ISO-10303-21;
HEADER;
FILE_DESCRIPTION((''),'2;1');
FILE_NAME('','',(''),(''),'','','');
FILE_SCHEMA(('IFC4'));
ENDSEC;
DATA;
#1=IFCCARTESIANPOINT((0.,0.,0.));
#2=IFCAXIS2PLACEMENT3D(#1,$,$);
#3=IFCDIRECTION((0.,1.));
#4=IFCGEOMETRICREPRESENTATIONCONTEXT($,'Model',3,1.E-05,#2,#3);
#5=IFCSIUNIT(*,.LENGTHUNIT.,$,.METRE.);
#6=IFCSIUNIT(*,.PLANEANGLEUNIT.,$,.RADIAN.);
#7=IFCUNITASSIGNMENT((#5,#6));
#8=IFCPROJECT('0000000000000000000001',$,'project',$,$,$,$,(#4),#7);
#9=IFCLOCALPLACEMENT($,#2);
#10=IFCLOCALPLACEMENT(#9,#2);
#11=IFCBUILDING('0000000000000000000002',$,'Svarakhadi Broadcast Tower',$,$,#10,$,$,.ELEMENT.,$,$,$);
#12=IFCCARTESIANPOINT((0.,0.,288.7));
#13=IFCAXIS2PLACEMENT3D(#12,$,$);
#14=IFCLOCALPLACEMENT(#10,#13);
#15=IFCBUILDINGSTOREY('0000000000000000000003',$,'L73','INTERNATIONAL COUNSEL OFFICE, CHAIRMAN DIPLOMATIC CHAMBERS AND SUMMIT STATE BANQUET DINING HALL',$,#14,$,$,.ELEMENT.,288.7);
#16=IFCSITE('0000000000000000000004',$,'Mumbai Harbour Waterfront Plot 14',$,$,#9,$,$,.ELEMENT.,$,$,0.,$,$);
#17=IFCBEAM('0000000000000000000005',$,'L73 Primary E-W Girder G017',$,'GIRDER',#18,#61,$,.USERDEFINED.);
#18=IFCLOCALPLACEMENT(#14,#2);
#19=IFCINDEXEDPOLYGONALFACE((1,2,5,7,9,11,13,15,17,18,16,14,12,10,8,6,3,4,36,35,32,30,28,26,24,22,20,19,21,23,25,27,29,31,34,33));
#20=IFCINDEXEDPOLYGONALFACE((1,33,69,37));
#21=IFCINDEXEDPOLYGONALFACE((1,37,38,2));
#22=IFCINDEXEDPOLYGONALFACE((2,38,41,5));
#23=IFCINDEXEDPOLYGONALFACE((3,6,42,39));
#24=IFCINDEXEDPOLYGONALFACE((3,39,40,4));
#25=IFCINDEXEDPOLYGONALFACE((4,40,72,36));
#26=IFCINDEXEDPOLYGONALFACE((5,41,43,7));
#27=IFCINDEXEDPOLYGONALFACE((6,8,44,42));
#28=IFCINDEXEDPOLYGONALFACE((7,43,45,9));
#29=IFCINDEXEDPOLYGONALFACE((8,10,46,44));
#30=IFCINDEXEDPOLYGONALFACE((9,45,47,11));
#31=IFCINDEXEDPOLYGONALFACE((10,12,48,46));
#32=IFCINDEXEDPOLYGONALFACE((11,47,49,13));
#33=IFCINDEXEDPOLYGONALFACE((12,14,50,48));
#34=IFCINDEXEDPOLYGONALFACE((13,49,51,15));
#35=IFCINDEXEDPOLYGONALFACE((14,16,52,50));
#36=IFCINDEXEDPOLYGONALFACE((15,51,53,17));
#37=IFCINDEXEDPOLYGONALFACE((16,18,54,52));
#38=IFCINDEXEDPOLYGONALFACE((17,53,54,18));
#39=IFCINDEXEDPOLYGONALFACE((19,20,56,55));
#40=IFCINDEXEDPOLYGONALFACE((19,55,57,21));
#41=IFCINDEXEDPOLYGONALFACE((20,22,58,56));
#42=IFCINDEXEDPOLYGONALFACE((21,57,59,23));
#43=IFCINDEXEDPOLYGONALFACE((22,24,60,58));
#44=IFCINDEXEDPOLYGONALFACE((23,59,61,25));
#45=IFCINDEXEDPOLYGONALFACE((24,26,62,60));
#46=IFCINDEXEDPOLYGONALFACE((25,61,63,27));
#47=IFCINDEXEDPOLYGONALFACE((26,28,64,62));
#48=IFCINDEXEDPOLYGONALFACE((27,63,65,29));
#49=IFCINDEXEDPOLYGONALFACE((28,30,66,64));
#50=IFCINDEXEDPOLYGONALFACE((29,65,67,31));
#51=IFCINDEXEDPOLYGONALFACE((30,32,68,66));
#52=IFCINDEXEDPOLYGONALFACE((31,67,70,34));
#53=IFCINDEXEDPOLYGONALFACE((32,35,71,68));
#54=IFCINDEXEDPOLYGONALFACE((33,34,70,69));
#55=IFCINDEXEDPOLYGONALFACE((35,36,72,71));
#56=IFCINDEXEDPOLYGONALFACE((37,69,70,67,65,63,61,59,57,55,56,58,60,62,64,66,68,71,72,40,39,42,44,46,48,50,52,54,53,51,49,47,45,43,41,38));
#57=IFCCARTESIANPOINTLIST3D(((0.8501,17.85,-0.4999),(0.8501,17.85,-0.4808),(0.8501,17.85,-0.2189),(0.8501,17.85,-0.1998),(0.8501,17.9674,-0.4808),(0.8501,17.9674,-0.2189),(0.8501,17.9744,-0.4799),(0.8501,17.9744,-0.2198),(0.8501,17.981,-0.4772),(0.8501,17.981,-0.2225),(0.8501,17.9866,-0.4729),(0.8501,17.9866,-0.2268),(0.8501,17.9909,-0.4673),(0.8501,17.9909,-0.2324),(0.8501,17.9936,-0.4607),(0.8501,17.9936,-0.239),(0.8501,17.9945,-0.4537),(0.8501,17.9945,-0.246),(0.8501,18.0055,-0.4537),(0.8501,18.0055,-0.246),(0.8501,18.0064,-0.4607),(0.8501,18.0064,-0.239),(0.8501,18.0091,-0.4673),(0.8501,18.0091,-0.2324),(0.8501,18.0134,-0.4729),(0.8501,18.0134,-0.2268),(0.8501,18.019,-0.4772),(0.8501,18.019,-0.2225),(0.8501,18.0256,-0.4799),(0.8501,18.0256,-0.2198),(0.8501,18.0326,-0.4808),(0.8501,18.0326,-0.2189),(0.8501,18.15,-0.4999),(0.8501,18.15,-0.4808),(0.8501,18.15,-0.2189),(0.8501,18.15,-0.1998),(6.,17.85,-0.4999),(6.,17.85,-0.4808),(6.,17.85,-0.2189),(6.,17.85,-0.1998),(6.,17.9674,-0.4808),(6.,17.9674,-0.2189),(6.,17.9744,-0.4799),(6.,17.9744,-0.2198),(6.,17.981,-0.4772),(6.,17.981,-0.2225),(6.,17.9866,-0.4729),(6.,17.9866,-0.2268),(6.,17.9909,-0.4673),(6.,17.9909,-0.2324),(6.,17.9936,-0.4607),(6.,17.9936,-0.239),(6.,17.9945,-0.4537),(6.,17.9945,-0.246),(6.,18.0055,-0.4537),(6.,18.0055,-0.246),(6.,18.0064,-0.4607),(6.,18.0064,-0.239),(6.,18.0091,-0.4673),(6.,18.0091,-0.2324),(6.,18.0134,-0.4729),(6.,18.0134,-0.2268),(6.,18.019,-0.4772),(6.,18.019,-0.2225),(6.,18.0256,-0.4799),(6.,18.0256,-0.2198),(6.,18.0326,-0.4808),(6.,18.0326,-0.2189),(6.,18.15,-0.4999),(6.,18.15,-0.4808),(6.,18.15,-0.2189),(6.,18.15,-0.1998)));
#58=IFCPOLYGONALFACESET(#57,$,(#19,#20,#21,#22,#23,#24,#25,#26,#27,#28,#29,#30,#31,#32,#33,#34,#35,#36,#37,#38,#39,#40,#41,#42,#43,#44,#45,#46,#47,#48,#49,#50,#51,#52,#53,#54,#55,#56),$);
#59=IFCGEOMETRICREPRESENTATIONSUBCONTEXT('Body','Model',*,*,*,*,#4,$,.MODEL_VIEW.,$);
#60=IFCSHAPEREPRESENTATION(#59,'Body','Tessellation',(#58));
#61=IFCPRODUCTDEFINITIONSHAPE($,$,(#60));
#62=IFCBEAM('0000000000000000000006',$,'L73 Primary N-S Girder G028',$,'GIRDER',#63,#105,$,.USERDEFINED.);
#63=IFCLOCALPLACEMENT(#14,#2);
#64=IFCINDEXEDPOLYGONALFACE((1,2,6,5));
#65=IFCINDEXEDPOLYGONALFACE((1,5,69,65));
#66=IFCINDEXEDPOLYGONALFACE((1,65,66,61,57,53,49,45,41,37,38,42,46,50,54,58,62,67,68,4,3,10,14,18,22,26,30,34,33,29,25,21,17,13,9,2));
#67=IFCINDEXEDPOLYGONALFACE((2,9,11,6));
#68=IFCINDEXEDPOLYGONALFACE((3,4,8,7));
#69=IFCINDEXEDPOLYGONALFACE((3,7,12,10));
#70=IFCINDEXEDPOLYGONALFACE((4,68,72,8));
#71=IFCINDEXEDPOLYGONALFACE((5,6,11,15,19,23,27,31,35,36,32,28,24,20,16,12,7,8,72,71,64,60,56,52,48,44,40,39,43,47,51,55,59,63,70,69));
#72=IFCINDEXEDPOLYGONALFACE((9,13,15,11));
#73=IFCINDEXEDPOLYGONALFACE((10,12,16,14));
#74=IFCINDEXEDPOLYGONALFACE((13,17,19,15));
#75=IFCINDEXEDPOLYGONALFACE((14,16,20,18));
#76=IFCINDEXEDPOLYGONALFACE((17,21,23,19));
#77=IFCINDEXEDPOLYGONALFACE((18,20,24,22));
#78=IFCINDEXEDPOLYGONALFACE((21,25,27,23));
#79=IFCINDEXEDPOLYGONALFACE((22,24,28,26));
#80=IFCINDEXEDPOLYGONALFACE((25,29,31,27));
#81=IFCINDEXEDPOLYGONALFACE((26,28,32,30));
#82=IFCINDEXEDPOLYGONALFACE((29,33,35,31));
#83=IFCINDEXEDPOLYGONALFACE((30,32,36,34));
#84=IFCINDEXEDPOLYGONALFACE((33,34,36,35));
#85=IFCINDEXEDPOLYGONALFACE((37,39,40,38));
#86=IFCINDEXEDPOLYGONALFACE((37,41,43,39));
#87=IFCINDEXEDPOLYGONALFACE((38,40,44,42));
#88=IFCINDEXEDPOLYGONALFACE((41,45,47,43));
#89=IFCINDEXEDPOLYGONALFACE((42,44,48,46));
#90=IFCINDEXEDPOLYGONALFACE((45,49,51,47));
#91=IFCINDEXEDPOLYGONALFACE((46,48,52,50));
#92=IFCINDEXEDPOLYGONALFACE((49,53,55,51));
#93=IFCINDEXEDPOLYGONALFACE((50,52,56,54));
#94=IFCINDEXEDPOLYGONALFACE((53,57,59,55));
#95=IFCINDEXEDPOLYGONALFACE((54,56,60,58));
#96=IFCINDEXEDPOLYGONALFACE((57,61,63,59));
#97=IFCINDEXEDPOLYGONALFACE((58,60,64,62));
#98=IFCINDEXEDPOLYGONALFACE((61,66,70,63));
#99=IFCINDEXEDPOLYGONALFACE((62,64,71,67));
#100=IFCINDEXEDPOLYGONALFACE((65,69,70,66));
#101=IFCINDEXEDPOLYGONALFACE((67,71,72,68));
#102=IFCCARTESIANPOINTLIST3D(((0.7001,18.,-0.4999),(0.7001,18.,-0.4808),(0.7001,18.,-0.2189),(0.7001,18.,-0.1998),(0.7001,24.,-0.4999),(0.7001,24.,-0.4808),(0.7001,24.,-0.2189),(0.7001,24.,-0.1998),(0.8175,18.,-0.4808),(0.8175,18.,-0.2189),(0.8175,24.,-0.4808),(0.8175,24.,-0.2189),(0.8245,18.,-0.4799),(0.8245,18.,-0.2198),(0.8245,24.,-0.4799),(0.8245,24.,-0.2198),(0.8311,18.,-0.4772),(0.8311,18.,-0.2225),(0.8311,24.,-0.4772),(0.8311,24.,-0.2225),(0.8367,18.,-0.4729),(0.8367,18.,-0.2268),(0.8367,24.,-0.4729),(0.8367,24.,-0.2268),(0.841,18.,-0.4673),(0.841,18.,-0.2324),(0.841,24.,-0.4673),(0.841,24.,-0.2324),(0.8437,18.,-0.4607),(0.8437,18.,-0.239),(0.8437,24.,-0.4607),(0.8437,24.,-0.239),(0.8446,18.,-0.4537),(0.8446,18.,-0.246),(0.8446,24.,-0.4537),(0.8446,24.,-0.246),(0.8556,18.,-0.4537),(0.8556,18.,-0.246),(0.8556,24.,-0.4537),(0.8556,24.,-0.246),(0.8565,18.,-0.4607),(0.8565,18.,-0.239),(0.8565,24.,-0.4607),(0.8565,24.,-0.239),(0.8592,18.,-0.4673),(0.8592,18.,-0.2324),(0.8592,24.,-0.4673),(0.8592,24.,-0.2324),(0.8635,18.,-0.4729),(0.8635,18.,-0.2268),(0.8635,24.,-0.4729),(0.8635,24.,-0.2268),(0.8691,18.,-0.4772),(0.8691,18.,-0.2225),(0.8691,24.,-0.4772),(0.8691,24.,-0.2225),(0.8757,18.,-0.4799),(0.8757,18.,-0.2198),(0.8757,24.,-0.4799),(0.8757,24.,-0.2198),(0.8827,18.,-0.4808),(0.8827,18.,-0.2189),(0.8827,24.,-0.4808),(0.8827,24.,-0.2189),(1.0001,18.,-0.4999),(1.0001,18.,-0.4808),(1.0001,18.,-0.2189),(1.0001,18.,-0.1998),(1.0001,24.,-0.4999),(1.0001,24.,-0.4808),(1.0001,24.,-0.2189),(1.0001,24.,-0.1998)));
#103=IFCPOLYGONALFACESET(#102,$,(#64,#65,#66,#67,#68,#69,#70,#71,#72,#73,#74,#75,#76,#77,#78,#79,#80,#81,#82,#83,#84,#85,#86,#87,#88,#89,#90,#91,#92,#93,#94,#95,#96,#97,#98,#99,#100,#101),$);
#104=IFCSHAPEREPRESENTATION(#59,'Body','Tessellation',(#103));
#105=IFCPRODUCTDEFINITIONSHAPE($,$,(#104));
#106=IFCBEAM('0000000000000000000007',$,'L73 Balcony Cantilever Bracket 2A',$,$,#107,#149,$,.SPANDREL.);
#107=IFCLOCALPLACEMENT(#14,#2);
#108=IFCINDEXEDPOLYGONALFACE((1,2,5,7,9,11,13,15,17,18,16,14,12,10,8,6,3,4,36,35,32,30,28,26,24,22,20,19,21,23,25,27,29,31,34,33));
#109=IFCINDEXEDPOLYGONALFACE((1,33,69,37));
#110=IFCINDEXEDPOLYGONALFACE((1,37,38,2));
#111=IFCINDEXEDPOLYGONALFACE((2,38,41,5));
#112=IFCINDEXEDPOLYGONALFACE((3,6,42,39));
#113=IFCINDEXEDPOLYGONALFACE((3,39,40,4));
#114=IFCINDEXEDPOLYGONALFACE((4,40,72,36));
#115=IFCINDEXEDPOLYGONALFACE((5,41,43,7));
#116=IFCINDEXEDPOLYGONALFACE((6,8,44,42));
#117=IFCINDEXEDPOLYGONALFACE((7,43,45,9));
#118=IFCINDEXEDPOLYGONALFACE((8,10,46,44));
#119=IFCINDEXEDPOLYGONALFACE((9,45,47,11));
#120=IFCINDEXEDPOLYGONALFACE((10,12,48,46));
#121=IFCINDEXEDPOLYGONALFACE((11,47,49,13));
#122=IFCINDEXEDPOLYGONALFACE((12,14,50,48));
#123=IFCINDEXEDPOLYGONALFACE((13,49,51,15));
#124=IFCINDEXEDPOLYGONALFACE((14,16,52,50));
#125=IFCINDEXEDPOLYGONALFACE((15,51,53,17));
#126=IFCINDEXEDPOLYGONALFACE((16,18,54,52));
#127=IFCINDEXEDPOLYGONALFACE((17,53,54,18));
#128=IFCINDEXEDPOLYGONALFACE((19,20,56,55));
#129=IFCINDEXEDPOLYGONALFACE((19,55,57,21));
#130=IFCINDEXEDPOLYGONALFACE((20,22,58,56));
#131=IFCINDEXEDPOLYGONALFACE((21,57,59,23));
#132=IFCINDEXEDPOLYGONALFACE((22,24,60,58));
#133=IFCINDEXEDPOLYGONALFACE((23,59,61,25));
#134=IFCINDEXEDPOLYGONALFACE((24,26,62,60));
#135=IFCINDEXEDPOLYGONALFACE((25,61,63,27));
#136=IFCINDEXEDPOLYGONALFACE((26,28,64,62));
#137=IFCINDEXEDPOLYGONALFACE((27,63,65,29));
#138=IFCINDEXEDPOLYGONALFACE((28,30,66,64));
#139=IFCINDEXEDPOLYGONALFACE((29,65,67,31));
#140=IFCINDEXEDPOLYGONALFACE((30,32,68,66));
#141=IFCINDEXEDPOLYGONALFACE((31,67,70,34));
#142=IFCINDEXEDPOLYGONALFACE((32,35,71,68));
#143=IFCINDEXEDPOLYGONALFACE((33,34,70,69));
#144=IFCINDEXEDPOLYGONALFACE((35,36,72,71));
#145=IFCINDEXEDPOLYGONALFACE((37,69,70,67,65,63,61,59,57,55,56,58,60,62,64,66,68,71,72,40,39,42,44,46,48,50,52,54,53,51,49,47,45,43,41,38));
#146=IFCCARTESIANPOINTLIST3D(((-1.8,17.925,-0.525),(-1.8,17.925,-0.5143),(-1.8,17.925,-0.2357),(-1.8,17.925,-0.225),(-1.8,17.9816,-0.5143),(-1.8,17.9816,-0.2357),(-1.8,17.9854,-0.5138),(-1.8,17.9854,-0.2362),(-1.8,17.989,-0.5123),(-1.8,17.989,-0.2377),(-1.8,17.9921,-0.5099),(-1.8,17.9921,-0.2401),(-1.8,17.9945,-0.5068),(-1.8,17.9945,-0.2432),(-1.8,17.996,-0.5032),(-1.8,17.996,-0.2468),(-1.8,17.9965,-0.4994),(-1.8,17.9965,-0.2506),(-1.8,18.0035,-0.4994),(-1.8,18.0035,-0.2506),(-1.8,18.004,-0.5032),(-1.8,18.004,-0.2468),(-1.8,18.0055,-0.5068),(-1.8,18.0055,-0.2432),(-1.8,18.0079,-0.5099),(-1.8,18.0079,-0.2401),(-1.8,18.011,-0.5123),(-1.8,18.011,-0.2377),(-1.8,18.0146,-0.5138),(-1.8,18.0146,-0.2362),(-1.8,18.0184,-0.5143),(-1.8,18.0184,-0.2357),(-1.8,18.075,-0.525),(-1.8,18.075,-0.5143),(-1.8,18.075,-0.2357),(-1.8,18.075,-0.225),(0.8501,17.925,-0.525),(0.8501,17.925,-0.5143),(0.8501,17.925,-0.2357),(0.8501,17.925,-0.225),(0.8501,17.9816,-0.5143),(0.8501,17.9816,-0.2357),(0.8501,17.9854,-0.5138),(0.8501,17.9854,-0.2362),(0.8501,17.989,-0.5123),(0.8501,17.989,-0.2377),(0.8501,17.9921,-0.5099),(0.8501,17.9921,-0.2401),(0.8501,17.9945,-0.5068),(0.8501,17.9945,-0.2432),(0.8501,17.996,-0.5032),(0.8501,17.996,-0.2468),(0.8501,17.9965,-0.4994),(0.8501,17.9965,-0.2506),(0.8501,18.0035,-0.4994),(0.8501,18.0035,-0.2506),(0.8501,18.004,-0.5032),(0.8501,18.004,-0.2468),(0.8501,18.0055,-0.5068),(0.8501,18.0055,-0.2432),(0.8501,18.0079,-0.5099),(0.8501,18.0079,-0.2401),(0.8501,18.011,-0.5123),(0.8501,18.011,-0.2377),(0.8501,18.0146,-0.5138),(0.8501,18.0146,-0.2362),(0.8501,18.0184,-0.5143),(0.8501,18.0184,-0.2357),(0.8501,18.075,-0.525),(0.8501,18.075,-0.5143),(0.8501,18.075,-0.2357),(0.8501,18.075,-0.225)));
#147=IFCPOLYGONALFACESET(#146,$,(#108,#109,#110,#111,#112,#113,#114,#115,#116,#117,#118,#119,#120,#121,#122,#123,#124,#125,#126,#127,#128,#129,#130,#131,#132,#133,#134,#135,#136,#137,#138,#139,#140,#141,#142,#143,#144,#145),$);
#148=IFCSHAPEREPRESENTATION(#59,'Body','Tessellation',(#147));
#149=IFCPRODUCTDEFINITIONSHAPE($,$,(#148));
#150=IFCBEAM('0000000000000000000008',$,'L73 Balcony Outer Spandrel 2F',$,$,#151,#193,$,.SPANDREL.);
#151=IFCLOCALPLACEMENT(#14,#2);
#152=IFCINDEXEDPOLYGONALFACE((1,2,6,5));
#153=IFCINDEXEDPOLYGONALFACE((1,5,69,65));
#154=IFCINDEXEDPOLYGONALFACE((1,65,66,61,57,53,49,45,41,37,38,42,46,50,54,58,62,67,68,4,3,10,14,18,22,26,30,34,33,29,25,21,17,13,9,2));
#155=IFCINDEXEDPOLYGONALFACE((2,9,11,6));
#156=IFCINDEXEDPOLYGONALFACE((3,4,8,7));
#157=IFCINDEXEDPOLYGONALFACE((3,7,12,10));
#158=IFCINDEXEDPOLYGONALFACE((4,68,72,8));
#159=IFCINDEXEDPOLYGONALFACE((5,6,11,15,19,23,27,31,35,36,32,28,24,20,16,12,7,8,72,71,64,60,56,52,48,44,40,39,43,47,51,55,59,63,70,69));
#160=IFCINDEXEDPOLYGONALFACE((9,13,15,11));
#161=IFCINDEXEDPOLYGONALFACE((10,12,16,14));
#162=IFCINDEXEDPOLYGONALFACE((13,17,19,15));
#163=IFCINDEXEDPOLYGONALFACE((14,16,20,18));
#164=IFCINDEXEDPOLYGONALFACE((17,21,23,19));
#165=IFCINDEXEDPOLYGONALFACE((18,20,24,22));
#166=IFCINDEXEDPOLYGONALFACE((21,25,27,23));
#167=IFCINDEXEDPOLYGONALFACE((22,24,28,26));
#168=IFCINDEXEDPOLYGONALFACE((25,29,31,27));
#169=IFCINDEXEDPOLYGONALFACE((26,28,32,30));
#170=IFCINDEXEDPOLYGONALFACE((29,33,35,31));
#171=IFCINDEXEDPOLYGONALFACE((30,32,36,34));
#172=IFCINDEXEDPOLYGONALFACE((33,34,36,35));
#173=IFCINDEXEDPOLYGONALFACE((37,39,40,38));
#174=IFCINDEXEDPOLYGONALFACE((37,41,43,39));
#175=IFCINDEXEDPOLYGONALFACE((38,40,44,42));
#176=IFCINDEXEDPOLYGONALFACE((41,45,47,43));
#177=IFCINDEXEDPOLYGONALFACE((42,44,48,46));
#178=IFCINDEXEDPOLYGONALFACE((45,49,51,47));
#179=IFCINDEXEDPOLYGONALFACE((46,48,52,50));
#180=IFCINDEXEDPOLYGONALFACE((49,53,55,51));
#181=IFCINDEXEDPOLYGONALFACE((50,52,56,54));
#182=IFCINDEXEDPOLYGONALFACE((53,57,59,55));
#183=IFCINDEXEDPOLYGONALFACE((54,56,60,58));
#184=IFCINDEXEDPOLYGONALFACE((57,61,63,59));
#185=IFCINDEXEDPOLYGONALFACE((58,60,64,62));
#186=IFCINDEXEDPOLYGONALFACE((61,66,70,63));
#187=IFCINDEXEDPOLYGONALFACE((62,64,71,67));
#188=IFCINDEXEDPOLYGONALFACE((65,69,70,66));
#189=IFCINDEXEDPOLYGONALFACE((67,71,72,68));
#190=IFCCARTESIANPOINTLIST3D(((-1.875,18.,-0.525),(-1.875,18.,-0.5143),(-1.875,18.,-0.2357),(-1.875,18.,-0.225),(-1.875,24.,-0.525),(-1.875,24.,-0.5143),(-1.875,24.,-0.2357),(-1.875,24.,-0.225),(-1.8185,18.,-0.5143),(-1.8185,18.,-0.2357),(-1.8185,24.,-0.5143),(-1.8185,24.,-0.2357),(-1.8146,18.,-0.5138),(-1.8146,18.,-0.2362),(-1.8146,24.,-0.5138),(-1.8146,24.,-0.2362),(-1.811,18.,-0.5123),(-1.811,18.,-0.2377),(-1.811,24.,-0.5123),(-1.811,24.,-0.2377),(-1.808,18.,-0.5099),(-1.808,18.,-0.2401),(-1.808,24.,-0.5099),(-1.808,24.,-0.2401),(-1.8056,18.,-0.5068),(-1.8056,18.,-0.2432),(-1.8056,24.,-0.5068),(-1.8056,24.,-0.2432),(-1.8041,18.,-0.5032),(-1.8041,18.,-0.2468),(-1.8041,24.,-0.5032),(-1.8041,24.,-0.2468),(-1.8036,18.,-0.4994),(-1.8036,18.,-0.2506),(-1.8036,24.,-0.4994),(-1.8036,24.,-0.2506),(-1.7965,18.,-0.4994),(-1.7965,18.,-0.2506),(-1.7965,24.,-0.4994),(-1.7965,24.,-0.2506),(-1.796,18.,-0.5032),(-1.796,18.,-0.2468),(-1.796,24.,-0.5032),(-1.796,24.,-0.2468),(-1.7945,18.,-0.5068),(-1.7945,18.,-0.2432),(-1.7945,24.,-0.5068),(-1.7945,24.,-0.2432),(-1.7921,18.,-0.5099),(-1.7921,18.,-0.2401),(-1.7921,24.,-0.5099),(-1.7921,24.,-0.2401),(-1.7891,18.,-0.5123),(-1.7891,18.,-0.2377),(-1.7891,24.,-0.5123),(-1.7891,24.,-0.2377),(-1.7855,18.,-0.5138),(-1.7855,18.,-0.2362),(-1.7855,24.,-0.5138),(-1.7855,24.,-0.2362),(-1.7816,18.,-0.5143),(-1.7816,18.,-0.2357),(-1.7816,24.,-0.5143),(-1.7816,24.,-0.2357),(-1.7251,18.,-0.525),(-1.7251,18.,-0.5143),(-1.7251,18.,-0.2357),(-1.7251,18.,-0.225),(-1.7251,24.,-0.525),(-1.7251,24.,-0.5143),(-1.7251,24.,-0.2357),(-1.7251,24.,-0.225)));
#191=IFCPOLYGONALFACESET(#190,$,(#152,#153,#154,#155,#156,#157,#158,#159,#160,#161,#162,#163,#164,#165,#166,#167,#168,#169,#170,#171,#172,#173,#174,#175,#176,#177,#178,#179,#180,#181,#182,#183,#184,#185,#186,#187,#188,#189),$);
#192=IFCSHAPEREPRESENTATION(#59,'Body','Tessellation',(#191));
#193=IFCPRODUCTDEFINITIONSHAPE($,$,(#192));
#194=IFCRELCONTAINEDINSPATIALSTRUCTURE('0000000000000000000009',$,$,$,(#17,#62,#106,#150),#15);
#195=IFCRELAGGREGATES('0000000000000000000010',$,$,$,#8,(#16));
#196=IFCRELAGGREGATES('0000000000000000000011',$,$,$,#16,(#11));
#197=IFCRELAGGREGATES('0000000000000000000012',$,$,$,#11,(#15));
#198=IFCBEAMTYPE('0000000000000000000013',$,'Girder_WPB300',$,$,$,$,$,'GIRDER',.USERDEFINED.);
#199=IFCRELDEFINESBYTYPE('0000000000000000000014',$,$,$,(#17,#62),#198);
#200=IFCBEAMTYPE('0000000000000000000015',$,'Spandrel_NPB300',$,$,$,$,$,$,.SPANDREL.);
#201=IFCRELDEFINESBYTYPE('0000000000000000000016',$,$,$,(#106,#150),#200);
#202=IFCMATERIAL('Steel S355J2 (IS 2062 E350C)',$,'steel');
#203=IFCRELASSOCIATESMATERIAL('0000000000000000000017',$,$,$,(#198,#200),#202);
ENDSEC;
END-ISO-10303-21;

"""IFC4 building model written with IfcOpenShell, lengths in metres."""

from ifc_helpers import new_model, si_unit, direction, frame, origin, origin_2d, place, context, subcontext, project, spatial, i_section, extrude, material, material_profile, profile_set, type_object, element, save


model = new_model("IFC4")

# Units and contexts
model_context = context("Model", 3, precision=1e-05, world=origin(), true_north=direction((0.0, 1.0)))
body_context = subcontext(model_context, "Body", "Model", "MODEL_VIEW")
ifc_project = project(units=[si_unit("LENGTHUNIT", "METRE"), si_unit("PLANEANGLEUNIT", "RADIAN")], contexts=[model_context])

# Site, building, storey
site_placement = place(None, origin())
site = spatial("IfcSite", under=ifc_project, at=site_placement, Name="Mumbai Harbour Waterfront Plot 14", CompositionType="ELEMENT", RefElevation=0.0)
building_placement = place(site_placement, origin())
building = spatial("IfcBuilding", under=site, at=building_placement, Name="Svarakhadi Broadcast Tower", CompositionType="ELEMENT")
storey_placement = place(building_placement, frame((0.0, 0.0, 288.7)))
storey = spatial("IfcBuildingStorey", under=building, at=storey_placement, Name="L73", Description="INTERNATIONAL COUNSEL OFFICE, CHAIRMAN DIPLOMATIC CHAMBERS AND SUMMIT STATE BANQUET DINING HALL", CompositionType="ELEMENT", Elevation=288.7)

# Shared definitions
ifc_material_1 = material(Name="Steel S355J2 (IS 2062 E350C)", Category="steel")

# Beams
ifc_material_profile_1 = material_profile(ifc_material_1, i_section(OverallWidth=0.3, OverallDepth=0.3, WebThickness=0.011, FlangeThickness=0.019, FilletRadius=0.0271, at=origin_2d()), Name="WPB 300x300x117")
ifc_profile_set_1 = profile_set([ifc_material_profile_1], Name="Steel S355J2 (IS 2062 E350C)")
beam_type_1 = type_object("IfcBeamType", Name="Girder_WPB300", ElementType="GIRDER", PredefinedType="USERDEFINED", material=ifc_profile_set_1)
beam_1_placement = place(storey_placement, frame((0.8501, 18.0, -0.3499), z_axis=(1.0, 0.0, 0.0), x_axis=(0.0, 1.0, 0.0)))
element("IfcBeam", 1, at=beam_1_placement, inside=storey, type_object=beam_type_1, Name="L73 Primary E-W Girder G017", ObjectType="GIRDER", PredefinedType="USERDEFINED", context=body_context, shape_type="SweptSolid", body=[
    extrude(i_section(OverallWidth=0.3, OverallDepth=0.3, WebThickness=0.011, FlangeThickness=0.019, FilletRadius=0.0271, at=origin_2d()), origin(), (0.0, 0.0, 1.0), 5.1499),
])
beam_2_placement = place(storey_placement, frame((0.8501, 18.0, -0.3499), z_axis=(0.0, 1.0, 0.0), x_axis=(-1.0, 0.0, 0.0)))
element("IfcBeam", 2, at=beam_2_placement, inside=storey, type_object=beam_type_1, Name="L73 Primary N-S Girder G028", ObjectType="GIRDER", PredefinedType="USERDEFINED", context=body_context, shape_type="SweptSolid", body=[
    extrude(i_section(OverallWidth=0.3, OverallDepth=0.3, WebThickness=0.011, FlangeThickness=0.019, FilletRadius=0.0271, at=origin_2d()), origin(), (0.0, 0.0, 1.0), 6.0),
])
ifc_material_profile_2 = material_profile(ifc_material_1, i_section(OverallWidth=0.1499, OverallDepth=0.3, WebThickness=0.0071, FlangeThickness=0.0107, FilletRadius=0.0149, at=origin_2d()), Name="NPB 300x150x37")
ifc_profile_set_2 = profile_set([ifc_material_profile_2], Name="Steel S355J2 (IS 2062 E350C)")
beam_type_2 = type_object("IfcBeamType", Name="Spandrel_NPB300", PredefinedType="SPANDREL", material=ifc_profile_set_2)
beam_3_placement = place(storey_placement, frame((0.8501, 18.0, -0.375), z_axis=(-1.0, 0.0, 0.0), x_axis=(0.0, -1.0, 0.0)))
element("IfcBeam", 3, at=beam_3_placement, inside=storey, type_object=beam_type_2, Name="L73 Balcony Cantilever Bracket 2A", PredefinedType="SPANDREL", context=body_context, shape_type="SweptSolid", body=[
    extrude(i_section(OverallWidth=0.1499, OverallDepth=0.3, WebThickness=0.0071, FlangeThickness=0.0107, FilletRadius=0.0149, at=origin_2d()), origin(), (0.0, 0.0, 1.0), 2.6501),
])
beam_4_placement = place(storey_placement, frame((-1.8, 18.0, -0.375), z_axis=(0.0, 1.0, 0.0), x_axis=(-1.0, 0.0, 0.0)))
element("IfcBeam", 4, at=beam_4_placement, inside=storey, type_object=beam_type_2, Name="L73 Balcony Outer Spandrel 2F", PredefinedType="SPANDREL", context=body_context, shape_type="SweptSolid", body=[
    extrude(i_section(OverallWidth=0.1499, OverallDepth=0.3, WebThickness=0.0071, FlangeThickness=0.0107, FilletRadius=0.0149, at=origin_2d()), origin(), (0.0, 0.0, 1.0), 6.0),
])

save(model, "model.ifc")
